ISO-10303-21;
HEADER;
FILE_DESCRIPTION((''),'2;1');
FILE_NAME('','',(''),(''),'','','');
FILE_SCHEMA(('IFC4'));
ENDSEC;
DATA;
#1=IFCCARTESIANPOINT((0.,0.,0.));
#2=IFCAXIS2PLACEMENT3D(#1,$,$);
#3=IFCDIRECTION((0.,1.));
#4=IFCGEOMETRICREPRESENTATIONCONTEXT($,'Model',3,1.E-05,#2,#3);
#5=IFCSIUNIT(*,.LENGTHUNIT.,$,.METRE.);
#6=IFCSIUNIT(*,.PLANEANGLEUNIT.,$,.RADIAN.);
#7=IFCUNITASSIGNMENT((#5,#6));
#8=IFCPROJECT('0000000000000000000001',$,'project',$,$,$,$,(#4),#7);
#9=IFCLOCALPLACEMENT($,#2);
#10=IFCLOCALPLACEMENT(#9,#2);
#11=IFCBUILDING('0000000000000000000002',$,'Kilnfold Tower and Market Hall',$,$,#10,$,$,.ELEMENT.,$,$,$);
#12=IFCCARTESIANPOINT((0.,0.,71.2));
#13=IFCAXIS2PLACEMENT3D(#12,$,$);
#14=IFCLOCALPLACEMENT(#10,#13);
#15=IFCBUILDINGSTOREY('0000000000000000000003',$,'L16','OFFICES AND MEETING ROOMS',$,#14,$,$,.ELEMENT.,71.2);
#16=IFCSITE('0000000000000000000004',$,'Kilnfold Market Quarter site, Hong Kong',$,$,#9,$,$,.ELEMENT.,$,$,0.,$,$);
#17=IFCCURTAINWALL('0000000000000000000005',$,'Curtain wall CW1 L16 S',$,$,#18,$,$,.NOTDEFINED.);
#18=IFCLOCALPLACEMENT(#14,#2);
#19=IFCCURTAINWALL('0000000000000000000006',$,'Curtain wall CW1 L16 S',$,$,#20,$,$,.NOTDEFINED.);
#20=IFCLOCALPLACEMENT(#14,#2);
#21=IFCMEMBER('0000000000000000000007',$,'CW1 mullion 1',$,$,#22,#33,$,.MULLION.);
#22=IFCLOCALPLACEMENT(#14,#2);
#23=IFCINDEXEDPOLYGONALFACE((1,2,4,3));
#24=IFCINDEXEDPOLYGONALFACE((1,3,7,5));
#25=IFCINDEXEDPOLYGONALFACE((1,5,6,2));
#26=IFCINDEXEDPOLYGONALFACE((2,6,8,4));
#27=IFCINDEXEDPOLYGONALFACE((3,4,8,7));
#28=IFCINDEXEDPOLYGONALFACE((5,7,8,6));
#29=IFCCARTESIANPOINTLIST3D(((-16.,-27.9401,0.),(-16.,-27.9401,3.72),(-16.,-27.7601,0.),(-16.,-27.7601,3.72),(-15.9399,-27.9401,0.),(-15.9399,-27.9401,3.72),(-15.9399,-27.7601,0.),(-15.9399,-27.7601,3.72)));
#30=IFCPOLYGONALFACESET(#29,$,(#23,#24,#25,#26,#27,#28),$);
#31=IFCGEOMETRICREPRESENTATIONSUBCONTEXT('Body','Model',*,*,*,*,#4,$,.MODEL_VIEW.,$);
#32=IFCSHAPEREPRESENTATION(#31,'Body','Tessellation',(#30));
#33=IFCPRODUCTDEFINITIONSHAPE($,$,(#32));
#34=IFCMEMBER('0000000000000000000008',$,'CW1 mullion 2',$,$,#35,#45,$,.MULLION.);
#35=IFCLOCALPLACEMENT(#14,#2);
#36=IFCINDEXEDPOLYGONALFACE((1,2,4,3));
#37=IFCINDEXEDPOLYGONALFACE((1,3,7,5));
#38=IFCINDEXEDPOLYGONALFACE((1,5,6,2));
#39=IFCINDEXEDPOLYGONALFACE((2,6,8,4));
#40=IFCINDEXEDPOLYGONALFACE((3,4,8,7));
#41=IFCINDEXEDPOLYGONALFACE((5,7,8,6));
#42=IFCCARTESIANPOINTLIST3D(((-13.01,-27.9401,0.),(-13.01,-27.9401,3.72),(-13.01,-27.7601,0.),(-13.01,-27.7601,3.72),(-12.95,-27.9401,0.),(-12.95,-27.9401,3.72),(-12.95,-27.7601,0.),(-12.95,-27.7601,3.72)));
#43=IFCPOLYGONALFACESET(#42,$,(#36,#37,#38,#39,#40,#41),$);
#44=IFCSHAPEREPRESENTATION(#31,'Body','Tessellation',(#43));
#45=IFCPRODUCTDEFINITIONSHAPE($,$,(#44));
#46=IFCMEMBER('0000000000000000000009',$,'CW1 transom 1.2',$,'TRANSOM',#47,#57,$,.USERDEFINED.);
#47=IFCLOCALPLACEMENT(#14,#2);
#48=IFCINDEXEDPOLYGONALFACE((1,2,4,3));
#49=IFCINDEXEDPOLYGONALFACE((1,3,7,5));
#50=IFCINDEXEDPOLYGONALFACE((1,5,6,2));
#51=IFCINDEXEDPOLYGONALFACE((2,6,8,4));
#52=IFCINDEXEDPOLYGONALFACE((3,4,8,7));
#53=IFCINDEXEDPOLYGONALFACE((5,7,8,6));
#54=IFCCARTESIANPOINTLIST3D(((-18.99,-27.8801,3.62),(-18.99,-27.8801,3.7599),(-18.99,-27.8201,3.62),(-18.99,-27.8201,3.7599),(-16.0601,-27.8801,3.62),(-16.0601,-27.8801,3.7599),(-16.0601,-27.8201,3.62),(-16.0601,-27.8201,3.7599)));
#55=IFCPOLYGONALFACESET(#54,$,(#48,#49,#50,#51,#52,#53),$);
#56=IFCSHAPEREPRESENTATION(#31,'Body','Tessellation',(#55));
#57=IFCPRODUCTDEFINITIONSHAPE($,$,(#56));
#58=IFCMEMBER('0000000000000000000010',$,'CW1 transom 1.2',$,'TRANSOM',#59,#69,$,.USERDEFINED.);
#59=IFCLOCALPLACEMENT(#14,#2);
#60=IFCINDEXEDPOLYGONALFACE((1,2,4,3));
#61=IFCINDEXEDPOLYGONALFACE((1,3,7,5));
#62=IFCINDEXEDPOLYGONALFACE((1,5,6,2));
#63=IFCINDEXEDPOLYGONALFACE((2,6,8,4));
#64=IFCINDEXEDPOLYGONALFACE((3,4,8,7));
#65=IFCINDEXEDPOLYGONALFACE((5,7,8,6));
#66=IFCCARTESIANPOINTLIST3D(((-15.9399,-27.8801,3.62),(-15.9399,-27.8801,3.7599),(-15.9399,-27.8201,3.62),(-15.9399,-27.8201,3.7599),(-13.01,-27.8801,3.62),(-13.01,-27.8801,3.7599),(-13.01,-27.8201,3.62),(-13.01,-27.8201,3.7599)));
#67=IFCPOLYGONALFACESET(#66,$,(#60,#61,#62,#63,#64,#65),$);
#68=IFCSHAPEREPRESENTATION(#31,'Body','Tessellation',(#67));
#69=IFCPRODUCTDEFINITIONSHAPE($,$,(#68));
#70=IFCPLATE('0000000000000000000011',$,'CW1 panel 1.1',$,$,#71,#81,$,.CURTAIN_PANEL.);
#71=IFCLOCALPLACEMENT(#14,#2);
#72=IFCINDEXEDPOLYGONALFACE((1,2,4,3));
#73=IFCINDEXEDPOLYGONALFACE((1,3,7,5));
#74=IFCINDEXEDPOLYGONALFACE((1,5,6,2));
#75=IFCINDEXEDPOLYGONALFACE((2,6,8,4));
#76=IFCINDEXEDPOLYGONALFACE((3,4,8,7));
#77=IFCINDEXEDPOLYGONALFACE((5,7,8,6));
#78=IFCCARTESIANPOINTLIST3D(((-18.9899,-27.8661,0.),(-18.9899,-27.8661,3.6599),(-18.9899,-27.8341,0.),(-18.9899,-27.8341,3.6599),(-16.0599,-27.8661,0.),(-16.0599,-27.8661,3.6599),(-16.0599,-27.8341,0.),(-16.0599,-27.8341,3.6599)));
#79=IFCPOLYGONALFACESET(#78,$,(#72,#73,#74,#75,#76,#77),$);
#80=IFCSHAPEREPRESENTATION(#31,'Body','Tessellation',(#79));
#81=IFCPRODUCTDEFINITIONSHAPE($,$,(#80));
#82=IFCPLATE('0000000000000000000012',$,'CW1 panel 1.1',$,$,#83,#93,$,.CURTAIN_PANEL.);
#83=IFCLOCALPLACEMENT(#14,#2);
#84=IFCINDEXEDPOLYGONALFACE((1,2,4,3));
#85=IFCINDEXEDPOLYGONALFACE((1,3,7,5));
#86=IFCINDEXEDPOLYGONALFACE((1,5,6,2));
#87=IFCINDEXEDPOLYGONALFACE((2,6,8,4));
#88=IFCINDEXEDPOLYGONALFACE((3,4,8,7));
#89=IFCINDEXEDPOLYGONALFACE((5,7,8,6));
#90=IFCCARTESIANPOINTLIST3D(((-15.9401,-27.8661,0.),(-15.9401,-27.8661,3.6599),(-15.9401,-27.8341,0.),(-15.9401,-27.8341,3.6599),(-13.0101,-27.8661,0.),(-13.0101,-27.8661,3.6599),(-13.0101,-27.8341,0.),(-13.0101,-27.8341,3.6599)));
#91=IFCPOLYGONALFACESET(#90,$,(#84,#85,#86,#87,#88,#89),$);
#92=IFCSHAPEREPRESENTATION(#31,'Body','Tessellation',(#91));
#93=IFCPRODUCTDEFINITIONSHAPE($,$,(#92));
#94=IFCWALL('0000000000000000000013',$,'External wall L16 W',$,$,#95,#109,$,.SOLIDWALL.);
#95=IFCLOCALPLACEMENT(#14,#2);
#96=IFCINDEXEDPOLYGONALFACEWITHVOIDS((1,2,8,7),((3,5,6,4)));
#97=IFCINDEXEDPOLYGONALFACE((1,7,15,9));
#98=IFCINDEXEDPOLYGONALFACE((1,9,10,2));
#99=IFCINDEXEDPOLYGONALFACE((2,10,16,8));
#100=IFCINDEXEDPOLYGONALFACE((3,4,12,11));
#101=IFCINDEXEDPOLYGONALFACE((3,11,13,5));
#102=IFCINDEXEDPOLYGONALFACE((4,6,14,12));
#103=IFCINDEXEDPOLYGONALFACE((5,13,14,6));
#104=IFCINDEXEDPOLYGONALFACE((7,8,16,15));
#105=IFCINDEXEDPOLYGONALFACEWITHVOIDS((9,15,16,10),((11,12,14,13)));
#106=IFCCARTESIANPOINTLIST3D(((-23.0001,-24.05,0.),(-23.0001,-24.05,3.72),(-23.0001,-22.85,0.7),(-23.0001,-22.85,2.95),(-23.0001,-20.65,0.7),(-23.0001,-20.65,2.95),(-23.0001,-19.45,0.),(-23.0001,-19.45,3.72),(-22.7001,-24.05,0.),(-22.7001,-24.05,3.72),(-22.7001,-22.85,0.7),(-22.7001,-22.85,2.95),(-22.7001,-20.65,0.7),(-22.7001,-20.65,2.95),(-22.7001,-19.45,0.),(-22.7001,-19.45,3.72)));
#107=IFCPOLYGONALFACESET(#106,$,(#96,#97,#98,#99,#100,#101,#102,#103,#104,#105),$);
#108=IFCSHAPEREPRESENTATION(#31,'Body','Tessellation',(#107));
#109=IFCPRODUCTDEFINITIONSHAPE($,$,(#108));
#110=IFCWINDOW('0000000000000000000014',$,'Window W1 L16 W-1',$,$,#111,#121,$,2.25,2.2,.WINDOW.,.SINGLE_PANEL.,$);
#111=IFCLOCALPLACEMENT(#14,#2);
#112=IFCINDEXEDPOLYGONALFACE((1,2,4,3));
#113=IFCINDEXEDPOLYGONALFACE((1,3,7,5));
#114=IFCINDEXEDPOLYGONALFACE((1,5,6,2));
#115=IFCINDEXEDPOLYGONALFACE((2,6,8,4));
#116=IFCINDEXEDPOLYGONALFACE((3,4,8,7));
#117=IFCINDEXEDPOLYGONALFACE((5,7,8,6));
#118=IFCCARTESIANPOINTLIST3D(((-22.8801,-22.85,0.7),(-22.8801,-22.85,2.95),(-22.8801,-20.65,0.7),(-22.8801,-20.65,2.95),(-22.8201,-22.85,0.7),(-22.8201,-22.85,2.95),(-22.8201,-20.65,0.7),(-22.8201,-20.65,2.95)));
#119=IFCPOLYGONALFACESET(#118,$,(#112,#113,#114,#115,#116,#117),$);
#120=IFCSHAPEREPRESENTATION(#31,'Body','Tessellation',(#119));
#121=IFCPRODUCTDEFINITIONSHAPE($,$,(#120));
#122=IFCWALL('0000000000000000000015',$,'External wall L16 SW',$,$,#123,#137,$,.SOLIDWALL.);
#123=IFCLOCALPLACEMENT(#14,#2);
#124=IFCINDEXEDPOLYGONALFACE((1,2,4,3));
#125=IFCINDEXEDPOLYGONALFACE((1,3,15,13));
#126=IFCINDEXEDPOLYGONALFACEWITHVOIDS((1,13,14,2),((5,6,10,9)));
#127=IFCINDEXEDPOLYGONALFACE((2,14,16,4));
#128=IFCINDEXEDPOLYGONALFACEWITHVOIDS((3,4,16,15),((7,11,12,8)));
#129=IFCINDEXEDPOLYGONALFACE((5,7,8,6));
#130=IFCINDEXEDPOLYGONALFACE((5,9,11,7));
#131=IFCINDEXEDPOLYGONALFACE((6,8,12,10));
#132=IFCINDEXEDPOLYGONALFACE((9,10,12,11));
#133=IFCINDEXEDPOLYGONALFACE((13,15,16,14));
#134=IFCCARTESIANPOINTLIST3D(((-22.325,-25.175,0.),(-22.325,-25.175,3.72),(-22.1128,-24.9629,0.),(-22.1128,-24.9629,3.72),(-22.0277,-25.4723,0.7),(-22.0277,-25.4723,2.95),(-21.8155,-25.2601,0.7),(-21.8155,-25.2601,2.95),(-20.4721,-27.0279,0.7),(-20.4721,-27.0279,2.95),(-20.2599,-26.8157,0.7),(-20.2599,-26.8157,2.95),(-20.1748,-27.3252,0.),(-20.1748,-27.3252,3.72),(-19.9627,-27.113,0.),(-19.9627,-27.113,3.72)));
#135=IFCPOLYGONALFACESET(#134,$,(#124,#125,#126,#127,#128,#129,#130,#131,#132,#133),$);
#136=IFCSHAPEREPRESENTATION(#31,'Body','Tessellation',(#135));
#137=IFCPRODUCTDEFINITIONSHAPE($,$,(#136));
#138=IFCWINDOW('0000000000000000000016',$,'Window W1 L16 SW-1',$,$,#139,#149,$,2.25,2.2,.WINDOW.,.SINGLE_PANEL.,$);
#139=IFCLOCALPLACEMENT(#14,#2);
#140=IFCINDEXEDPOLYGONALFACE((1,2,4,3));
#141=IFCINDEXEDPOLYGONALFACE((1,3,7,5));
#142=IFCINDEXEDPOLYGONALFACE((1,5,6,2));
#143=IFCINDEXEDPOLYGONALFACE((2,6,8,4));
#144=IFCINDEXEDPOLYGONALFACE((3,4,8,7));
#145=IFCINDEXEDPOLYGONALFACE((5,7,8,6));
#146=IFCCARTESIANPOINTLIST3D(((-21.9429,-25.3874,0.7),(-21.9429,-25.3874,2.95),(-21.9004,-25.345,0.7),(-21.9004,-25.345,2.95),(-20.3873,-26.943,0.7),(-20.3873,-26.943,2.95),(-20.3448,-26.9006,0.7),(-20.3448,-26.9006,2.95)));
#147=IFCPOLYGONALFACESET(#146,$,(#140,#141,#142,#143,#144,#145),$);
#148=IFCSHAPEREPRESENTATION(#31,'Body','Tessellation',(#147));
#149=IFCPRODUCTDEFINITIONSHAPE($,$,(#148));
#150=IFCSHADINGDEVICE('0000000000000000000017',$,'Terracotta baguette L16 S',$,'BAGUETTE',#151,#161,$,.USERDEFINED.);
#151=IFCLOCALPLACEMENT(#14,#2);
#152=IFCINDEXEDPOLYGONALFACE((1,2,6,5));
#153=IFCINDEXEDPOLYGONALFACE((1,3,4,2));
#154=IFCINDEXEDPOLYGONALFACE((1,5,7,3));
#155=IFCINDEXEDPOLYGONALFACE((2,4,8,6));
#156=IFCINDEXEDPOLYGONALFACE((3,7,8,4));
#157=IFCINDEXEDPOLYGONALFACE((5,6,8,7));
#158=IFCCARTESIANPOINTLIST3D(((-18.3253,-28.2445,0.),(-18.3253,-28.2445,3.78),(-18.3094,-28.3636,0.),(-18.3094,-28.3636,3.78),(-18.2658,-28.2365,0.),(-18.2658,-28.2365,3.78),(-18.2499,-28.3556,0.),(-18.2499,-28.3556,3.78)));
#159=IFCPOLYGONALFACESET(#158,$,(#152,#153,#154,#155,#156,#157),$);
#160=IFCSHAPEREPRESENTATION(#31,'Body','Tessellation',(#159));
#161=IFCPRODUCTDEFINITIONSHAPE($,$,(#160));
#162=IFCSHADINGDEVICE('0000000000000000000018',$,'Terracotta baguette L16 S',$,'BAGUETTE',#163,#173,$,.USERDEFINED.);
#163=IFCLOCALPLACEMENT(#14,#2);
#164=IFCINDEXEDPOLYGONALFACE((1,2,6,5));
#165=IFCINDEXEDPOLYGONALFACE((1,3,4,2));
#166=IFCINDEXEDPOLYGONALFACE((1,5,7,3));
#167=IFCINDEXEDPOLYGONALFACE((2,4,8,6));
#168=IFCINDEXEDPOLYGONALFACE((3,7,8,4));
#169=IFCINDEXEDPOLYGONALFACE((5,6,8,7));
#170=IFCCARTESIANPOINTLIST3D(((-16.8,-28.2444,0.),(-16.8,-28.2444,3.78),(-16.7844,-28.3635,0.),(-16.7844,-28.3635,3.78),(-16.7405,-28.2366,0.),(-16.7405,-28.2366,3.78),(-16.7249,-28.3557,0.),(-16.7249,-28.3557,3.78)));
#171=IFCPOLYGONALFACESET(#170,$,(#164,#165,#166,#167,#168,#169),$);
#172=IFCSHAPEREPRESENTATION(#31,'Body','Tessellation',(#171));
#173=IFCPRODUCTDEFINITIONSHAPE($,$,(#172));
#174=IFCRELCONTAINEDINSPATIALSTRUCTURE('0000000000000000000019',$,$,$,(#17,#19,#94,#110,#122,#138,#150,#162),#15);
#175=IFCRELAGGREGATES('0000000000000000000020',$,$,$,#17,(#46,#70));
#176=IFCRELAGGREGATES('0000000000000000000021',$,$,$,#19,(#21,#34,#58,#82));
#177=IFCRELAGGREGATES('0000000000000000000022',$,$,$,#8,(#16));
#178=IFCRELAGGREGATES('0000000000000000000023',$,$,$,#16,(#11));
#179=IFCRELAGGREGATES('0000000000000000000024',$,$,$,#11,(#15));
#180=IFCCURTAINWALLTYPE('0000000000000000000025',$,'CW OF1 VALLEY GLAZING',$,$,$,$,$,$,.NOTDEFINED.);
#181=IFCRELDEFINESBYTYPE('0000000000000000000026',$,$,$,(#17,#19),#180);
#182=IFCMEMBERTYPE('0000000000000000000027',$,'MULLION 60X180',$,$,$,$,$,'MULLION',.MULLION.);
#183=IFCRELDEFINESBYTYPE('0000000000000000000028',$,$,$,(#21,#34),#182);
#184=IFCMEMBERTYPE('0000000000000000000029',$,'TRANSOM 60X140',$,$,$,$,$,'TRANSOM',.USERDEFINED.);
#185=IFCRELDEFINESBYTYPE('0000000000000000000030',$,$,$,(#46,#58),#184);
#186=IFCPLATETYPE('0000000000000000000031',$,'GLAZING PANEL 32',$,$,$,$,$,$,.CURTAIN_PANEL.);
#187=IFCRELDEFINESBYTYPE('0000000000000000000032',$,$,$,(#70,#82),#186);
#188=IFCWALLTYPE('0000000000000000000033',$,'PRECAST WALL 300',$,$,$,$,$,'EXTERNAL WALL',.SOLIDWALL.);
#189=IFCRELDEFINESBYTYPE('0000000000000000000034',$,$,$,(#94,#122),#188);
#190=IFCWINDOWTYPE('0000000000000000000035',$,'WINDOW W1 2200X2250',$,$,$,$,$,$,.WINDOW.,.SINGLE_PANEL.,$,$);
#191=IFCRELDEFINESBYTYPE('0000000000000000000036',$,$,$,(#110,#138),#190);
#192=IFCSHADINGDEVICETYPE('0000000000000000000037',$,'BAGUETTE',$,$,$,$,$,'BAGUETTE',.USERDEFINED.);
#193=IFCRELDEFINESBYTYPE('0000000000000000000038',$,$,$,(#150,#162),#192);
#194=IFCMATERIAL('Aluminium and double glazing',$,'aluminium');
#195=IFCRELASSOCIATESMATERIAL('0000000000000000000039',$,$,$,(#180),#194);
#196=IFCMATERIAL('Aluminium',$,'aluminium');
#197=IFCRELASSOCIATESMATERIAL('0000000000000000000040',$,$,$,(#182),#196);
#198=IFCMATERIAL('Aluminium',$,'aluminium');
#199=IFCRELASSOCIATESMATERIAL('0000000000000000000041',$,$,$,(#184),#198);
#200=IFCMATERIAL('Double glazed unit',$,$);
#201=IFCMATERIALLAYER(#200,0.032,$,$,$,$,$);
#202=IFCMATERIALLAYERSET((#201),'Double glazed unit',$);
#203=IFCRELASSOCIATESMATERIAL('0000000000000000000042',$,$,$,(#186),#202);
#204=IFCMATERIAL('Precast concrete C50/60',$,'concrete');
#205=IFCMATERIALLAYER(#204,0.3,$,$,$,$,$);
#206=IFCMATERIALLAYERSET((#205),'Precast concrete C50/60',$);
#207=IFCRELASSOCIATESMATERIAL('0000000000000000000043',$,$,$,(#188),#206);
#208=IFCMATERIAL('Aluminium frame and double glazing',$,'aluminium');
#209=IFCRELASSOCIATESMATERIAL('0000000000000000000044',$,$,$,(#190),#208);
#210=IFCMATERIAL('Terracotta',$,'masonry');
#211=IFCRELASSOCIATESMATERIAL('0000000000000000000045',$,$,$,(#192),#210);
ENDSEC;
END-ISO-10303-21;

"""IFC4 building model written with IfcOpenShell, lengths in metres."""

from ifc_helpers import new_model, si_unit, direction, frame, frame_2d, origin, origin_2d, place, context, subcontext, project, spatial, rectangle, extrude, source, transform, mapped, material, layer, layer_set, material_profile, profile_set, type_object, element, fill, aggregate, save


model = new_model("IFC4")

# Units and contexts
model_context = context("Model", 3, precision=1e-05, world=origin(), true_north=direction((0.0, 1.0)))
body_context = subcontext(model_context, "Body", "Model", "MODEL_VIEW")
ifc_project = project(units=[si_unit("LENGTHUNIT", "METRE"), si_unit("PLANEANGLEUNIT", "RADIAN")], contexts=[model_context])

# Site, building, storey
site_placement = place(None, origin())
site = spatial("IfcSite", under=ifc_project, at=site_placement, Name="Kilnfold Market Quarter site, Hong Kong", CompositionType="ELEMENT", RefElevation=0.0)
building_placement = place(site_placement, origin())
building = spatial("IfcBuilding", under=site, at=building_placement, Name="Kilnfold Tower and Market Hall", CompositionType="ELEMENT")
storey_placement = place(building_placement, frame((0.0, 0.0, 71.2)))
storey = spatial("IfcBuildingStorey", under=building, at=storey_placement, Name="L16", Description="OFFICES AND MEETING ROOMS", CompositionType="ELEMENT", Elevation=71.2)

# Curtain walls, members
ifc_material_1 = material(Name="Aluminium and double glazing", Category="aluminium")
curtain_wall_type = type_object("IfcCurtainWallType", Name="CW OF1 VALLEY GLAZING", PredefinedType="NOTDEFINED", material=ifc_material_1)
curtain_wall_1_placement = place(storey_placement, origin())
curtain_wall_1 = element("IfcCurtainWall", 1, at=curtain_wall_1_placement, inside=storey, type_object=curtain_wall_type, Name="Curtain wall CW1 L16 S", PredefinedType="NOTDEFINED")
ifc_material_2 = material(Name="Aluminium", Category="aluminium")
ifc_material_profile_1 = material_profile(ifc_material_2, rectangle(XDim=0.0601, YDim=0.1799, at=origin_2d()), Name="MULLION 60x180")
ifc_profile_set_1 = profile_set([ifc_material_profile_1], Name="Aluminium")
member_type_1 = type_object("IfcMemberType", Name="MULLION 60X180", ElementType="MULLION", PredefinedType="MULLION", material=ifc_profile_set_1)
shared_shape_1 = source(origin(), body_context, "Body", "SweptSolid", [
    extrude(rectangle(XDim=0.0601, YDim=0.1799, at=origin_2d()), origin(), (0.0, 0.0, 1.0), 3.72),
])
curtain_wall_2_placement = place(storey_placement, origin())
curtain_wall_2 = element("IfcCurtainWall", 2, at=curtain_wall_2_placement, inside=storey, type_object=curtain_wall_type, Name="Curtain wall CW1 L16 S", PredefinedType="NOTDEFINED")
member_1_placement = place(storey_placement, frame((-15.97, -27.8501, 0.0), z_axis=(0.0, 0.0, 1.0), x_axis=(1.0, 0.0, 0.0)))
member_1 = element("IfcMember", 3, at=member_1_placement, type_object=member_type_1, Name="CW1 mullion 1", PredefinedType="MULLION", context=body_context, shape_type="MappedRepresentation", body=[
    mapped(shared_shape_1, transform((0.0, 0.0, 0.0))),
])
member_2_placement = place(storey_placement, frame((-12.98, -27.8501, 0.0), z_axis=(0.0, 0.0, 1.0), x_axis=(1.0, 0.0, 0.0)))
member_2 = element("IfcMember", 4, at=member_2_placement, type_object=member_type_1, Name="CW1 mullion 2", PredefinedType="MULLION", context=body_context, shape_type="MappedRepresentation", body=[
    mapped(shared_shape_1, transform((0.0, 0.0, 0.0))),
])

# Members
ifc_material_3 = material(Name="Aluminium", Category="aluminium")
ifc_material_profile_2 = material_profile(ifc_material_3, rectangle(XDim=0.0601, YDim=0.1399, at=origin_2d()), Name="TRANSOM 60x140")
ifc_profile_set_2 = profile_set([ifc_material_profile_2], Name="Aluminium")
member_type_2 = type_object("IfcMemberType", Name="TRANSOM 60X140", ElementType="TRANSOM", PredefinedType="USERDEFINED", material=ifc_profile_set_2)
shared_shape_2 = source(origin(), body_context, "Body", "SweptSolid", [
    extrude(rectangle(XDim=0.0601, YDim=0.1399, at=origin_2d()), origin(), (0.0, 0.0, 1.0), 2.9299),
])
member_3_placement = place(storey_placement, frame((-18.99, -27.8501, 3.6899), z_axis=(1.0, 0.0, 0.0), x_axis=(0.0, 1.0, 0.0)))
member_3 = element("IfcMember", 5, at=member_3_placement, type_object=member_type_2, Name="CW1 transom 1.2", ObjectType="TRANSOM", PredefinedType="USERDEFINED", context=body_context, shape_type="MappedRepresentation", body=[
    mapped(shared_shape_2, transform((0.0, 0.0, 0.0))),
])
member_4_placement = place(storey_placement, frame((-15.9399, -27.8501, 3.6899), z_axis=(1.0, 0.0, 0.0), x_axis=(0.0, 1.0, 0.0)))
member_4 = element("IfcMember", 6, at=member_4_placement, type_object=member_type_2, Name="CW1 transom 1.2", ObjectType="TRANSOM", PredefinedType="USERDEFINED", context=body_context, shape_type="MappedRepresentation", body=[
    mapped(shared_shape_2, transform((0.0, 0.0, 0.0))),
])

# Plates
ifc_material_4 = material(Name="Double glazed unit")
ifc_layer_1 = layer(ifc_material_4, 0.032)
ifc_layer_set_1 = layer_set([ifc_layer_1], Name="Double glazed unit")
plate_type = type_object("IfcPlateType", Name="GLAZING PANEL 32", PredefinedType="CURTAIN_PANEL", material=ifc_layer_set_1)
shared_shape_3 = source(origin(), body_context, "Body", "SweptSolid", [
    extrude(rectangle(XDim=2.9299, YDim=0.032, at=origin_2d()), origin(), (0.0, 0.0, 1.0), 3.6599),
])
plate_1_placement = place(storey_placement, frame((-17.5249, -27.8501, 0.0), z_axis=(0.0, 0.0, 1.0), x_axis=(1.0, 0.0, 0.0)))
plate_1 = element("IfcPlate", 7, at=plate_1_placement, type_object=plate_type, Name="CW1 panel 1.1", PredefinedType="CURTAIN_PANEL", context=body_context, shape_type="MappedRepresentation", body=[
    mapped(shared_shape_3, transform((0.0, 0.0, 0.0))),
])
aggregate(curtain_wall_1, [member_3, plate_1])
plate_2_placement = place(storey_placement, frame((-14.4751, -27.8501, 0.0), z_axis=(0.0, 0.0, 1.0), x_axis=(1.0, 0.0, 0.0)))
plate_2 = element("IfcPlate", 8, at=plate_2_placement, type_object=plate_type, Name="CW1 panel 1.1", PredefinedType="CURTAIN_PANEL", context=body_context, shape_type="MappedRepresentation", body=[
    mapped(shared_shape_3, transform((0.0, 0.0, 0.0))),
])
aggregate(curtain_wall_2, [member_1, member_2, member_4, plate_2])

# Walls, openings, windows
ifc_material_5 = material(Name="Precast concrete C50/60", Category="concrete")
ifc_layer_2 = layer(ifc_material_5, 0.3)
ifc_layer_set_2 = layer_set([ifc_layer_2], Name="Precast concrete C50/60")
wall_type = type_object("IfcWallType", Name="PRECAST WALL 300", ElementType="EXTERNAL WALL", PredefinedType="SOLIDWALL", material=ifc_layer_set_2)
shared_shape_4 = source(origin(), body_context, "Body", "SweptSolid", [
    extrude(rectangle(XDim=4.6001, YDim=0.3, at=frame_2d((2.3, 0.0))), origin(), (0.0, 0.0, 1.0), 3.72),
])
wall_1_placement = place(storey_placement, frame((-22.8501, -19.45, 0.0), z_axis=(0.0, 0.0, 1.0), x_axis=(0.0, -1.0, 0.0)))
wall_1 = element("IfcWall", 9, at=wall_1_placement, inside=storey, type_object=wall_type, Name="External wall L16 W", PredefinedType="SOLIDWALL", context=body_context, shape_type="MappedRepresentation", body=[
    mapped(shared_shape_4, transform((0.0, 0.0, 0.0))),
])
opening_1_placement = place(wall_1_placement, frame((1.2, 0.0, 0.7)))
opening_1 = element("IfcOpeningElement", 10, at=opening_1_placement, cuts=wall_1, PredefinedType="OPENING", context=body_context, shape_type="SweptSolid", body=[
    extrude(rectangle(XDim=2.2, YDim=2.25, at=frame_2d((1.1001, 1.125))), frame((0.0, 0.1602, 0.0), z_axis=(0.0, -1.0, 0.0), x_axis=(1.0, 0.0, 0.0)), (0.0, 0.0, 1.0), 0.3201),
])
ifc_material_6 = material(Name="Aluminium frame and double glazing", Category="aluminium")
window_type = type_object("IfcWindowType", Name="WINDOW W1 2200X2250", PartitioningType="SINGLE_PANEL", PredefinedType="WINDOW", material=ifc_material_6)
window_1_placement = place(opening_1_placement, origin())
window_1 = element("IfcWindow", 11, at=window_1_placement, inside=storey, type_object=window_type, Name="Window W1 L16 W-1", OverallHeight=2.25, OverallWidth=2.2, PartitioningType="SINGLE_PANEL", PredefinedType="WINDOW", context=body_context, shape_type="SweptSolid", body=[
    extrude(rectangle(XDim=2.2, YDim=2.25, at=frame_2d((1.1001, 1.125))), frame((0.0, 0.03, 0.0), z_axis=(0.0, -1.0, 0.0), x_axis=(1.0, 0.0, 0.0)), (0.0, 0.0, 1.0), 0.0601),
])
fill(opening_1, window_1)
shared_shape_5 = source(origin(), body_context, "Body", "SweptSolid", [
    extrude(rectangle(XDim=3.0408, YDim=0.3, at=frame_2d((1.5205, 0.0))), origin(), (0.0, 0.0, 1.0), 3.72),
])
wall_2_placement = place(storey_placement, frame((-22.219, -25.0688, 0.0), z_axis=(0.0, 0.0, 1.0), x_axis=(0.707107, -0.707107, 0.0)))
wall_2 = element("IfcWall", 12, at=wall_2_placement, inside=storey, type_object=wall_type, Name="External wall L16 SW", PredefinedType="SOLIDWALL", context=body_context, shape_type="MappedRepresentation", body=[
    mapped(shared_shape_5, transform((0.0, 0.0, 0.0))),
])
opening_2_placement = place(wall_2_placement, frame((0.4204, 0.0, 0.7)))
opening_2 = element("IfcOpeningElement", 13, at=opening_2_placement, cuts=wall_2, PredefinedType="OPENING", context=body_context, shape_type="SweptSolid", body=[
    extrude(rectangle(XDim=2.2, YDim=2.25, at=frame_2d((1.1001, 1.125))), frame((0.0, 0.1602, 0.0), z_axis=(0.0, -1.0, 0.0), x_axis=(1.0, 0.0, 0.0)), (0.0, 0.0, 1.0), 0.3201),
])
window_2_placement = place(opening_2_placement, origin())
window_2 = element("IfcWindow", 14, at=window_2_placement, inside=storey, type_object=window_type, Name="Window W1 L16 SW-1", OverallHeight=2.25, OverallWidth=2.2, PartitioningType="SINGLE_PANEL", PredefinedType="WINDOW", context=body_context, shape_type="SweptSolid", body=[
    extrude(rectangle(XDim=2.2, YDim=2.25, at=frame_2d((1.1001, 1.125))), frame((0.0, 0.03, 0.0), z_axis=(0.0, -1.0, 0.0), x_axis=(1.0, 0.0, 0.0)), (0.0, 0.0, 1.0), 0.0601),
])
fill(opening_2, window_2)

# Shading devices
ifc_material_7 = material(Name="Terracotta", Category="masonry")
ifc_material_profile_3 = material_profile(ifc_material_7, rectangle(XDim=0.0601, YDim=0.1201, at=origin_2d()), Name="BAG 60x120")
ifc_profile_set_3 = profile_set([ifc_material_profile_3], Name="Terracotta")
shading_device_type_1 = type_object("IfcShadingDeviceType", Name="BAGUETTE", ElementType="BAGUETTE", PredefinedType="USERDEFINED", material=ifc_profile_set_3)
shared_shape_6 = source(origin(), body_context, "Body", "SweptSolid", [
    extrude(rectangle(XDim=0.0601, YDim=0.1201, at=origin_2d()), origin(), (0.0, 0.0, 1.0), 3.78),
])
for number, where, z_axis, x_axis, name in (
    (15, (-18.2876, -28.3, 0.0), (0.0, 0.0, 1.0), (0.991174, 0.132564, 0.0), "Terracotta baguette L16 S"),
    (16, (-16.7625, -28.3, 0.0), (0.0, 0.0, 1.0), (0.991566, 0.129606, 0.0), "Terracotta baguette L16 S"),
):
    element("IfcShadingDevice", number, at=place(storey_placement, frame(where, z_axis=z_axis, x_axis=x_axis)), inside=storey, type_object=shading_device_type_1, Name=name, ObjectType="BAGUETTE", PredefinedType="USERDEFINED", context=body_context, shape_type="MappedRepresentation", body=[
        mapped(shared_shape_6, transform((0.0, 0.0, 0.0))),
    ])

save(model, "model.ifc")
